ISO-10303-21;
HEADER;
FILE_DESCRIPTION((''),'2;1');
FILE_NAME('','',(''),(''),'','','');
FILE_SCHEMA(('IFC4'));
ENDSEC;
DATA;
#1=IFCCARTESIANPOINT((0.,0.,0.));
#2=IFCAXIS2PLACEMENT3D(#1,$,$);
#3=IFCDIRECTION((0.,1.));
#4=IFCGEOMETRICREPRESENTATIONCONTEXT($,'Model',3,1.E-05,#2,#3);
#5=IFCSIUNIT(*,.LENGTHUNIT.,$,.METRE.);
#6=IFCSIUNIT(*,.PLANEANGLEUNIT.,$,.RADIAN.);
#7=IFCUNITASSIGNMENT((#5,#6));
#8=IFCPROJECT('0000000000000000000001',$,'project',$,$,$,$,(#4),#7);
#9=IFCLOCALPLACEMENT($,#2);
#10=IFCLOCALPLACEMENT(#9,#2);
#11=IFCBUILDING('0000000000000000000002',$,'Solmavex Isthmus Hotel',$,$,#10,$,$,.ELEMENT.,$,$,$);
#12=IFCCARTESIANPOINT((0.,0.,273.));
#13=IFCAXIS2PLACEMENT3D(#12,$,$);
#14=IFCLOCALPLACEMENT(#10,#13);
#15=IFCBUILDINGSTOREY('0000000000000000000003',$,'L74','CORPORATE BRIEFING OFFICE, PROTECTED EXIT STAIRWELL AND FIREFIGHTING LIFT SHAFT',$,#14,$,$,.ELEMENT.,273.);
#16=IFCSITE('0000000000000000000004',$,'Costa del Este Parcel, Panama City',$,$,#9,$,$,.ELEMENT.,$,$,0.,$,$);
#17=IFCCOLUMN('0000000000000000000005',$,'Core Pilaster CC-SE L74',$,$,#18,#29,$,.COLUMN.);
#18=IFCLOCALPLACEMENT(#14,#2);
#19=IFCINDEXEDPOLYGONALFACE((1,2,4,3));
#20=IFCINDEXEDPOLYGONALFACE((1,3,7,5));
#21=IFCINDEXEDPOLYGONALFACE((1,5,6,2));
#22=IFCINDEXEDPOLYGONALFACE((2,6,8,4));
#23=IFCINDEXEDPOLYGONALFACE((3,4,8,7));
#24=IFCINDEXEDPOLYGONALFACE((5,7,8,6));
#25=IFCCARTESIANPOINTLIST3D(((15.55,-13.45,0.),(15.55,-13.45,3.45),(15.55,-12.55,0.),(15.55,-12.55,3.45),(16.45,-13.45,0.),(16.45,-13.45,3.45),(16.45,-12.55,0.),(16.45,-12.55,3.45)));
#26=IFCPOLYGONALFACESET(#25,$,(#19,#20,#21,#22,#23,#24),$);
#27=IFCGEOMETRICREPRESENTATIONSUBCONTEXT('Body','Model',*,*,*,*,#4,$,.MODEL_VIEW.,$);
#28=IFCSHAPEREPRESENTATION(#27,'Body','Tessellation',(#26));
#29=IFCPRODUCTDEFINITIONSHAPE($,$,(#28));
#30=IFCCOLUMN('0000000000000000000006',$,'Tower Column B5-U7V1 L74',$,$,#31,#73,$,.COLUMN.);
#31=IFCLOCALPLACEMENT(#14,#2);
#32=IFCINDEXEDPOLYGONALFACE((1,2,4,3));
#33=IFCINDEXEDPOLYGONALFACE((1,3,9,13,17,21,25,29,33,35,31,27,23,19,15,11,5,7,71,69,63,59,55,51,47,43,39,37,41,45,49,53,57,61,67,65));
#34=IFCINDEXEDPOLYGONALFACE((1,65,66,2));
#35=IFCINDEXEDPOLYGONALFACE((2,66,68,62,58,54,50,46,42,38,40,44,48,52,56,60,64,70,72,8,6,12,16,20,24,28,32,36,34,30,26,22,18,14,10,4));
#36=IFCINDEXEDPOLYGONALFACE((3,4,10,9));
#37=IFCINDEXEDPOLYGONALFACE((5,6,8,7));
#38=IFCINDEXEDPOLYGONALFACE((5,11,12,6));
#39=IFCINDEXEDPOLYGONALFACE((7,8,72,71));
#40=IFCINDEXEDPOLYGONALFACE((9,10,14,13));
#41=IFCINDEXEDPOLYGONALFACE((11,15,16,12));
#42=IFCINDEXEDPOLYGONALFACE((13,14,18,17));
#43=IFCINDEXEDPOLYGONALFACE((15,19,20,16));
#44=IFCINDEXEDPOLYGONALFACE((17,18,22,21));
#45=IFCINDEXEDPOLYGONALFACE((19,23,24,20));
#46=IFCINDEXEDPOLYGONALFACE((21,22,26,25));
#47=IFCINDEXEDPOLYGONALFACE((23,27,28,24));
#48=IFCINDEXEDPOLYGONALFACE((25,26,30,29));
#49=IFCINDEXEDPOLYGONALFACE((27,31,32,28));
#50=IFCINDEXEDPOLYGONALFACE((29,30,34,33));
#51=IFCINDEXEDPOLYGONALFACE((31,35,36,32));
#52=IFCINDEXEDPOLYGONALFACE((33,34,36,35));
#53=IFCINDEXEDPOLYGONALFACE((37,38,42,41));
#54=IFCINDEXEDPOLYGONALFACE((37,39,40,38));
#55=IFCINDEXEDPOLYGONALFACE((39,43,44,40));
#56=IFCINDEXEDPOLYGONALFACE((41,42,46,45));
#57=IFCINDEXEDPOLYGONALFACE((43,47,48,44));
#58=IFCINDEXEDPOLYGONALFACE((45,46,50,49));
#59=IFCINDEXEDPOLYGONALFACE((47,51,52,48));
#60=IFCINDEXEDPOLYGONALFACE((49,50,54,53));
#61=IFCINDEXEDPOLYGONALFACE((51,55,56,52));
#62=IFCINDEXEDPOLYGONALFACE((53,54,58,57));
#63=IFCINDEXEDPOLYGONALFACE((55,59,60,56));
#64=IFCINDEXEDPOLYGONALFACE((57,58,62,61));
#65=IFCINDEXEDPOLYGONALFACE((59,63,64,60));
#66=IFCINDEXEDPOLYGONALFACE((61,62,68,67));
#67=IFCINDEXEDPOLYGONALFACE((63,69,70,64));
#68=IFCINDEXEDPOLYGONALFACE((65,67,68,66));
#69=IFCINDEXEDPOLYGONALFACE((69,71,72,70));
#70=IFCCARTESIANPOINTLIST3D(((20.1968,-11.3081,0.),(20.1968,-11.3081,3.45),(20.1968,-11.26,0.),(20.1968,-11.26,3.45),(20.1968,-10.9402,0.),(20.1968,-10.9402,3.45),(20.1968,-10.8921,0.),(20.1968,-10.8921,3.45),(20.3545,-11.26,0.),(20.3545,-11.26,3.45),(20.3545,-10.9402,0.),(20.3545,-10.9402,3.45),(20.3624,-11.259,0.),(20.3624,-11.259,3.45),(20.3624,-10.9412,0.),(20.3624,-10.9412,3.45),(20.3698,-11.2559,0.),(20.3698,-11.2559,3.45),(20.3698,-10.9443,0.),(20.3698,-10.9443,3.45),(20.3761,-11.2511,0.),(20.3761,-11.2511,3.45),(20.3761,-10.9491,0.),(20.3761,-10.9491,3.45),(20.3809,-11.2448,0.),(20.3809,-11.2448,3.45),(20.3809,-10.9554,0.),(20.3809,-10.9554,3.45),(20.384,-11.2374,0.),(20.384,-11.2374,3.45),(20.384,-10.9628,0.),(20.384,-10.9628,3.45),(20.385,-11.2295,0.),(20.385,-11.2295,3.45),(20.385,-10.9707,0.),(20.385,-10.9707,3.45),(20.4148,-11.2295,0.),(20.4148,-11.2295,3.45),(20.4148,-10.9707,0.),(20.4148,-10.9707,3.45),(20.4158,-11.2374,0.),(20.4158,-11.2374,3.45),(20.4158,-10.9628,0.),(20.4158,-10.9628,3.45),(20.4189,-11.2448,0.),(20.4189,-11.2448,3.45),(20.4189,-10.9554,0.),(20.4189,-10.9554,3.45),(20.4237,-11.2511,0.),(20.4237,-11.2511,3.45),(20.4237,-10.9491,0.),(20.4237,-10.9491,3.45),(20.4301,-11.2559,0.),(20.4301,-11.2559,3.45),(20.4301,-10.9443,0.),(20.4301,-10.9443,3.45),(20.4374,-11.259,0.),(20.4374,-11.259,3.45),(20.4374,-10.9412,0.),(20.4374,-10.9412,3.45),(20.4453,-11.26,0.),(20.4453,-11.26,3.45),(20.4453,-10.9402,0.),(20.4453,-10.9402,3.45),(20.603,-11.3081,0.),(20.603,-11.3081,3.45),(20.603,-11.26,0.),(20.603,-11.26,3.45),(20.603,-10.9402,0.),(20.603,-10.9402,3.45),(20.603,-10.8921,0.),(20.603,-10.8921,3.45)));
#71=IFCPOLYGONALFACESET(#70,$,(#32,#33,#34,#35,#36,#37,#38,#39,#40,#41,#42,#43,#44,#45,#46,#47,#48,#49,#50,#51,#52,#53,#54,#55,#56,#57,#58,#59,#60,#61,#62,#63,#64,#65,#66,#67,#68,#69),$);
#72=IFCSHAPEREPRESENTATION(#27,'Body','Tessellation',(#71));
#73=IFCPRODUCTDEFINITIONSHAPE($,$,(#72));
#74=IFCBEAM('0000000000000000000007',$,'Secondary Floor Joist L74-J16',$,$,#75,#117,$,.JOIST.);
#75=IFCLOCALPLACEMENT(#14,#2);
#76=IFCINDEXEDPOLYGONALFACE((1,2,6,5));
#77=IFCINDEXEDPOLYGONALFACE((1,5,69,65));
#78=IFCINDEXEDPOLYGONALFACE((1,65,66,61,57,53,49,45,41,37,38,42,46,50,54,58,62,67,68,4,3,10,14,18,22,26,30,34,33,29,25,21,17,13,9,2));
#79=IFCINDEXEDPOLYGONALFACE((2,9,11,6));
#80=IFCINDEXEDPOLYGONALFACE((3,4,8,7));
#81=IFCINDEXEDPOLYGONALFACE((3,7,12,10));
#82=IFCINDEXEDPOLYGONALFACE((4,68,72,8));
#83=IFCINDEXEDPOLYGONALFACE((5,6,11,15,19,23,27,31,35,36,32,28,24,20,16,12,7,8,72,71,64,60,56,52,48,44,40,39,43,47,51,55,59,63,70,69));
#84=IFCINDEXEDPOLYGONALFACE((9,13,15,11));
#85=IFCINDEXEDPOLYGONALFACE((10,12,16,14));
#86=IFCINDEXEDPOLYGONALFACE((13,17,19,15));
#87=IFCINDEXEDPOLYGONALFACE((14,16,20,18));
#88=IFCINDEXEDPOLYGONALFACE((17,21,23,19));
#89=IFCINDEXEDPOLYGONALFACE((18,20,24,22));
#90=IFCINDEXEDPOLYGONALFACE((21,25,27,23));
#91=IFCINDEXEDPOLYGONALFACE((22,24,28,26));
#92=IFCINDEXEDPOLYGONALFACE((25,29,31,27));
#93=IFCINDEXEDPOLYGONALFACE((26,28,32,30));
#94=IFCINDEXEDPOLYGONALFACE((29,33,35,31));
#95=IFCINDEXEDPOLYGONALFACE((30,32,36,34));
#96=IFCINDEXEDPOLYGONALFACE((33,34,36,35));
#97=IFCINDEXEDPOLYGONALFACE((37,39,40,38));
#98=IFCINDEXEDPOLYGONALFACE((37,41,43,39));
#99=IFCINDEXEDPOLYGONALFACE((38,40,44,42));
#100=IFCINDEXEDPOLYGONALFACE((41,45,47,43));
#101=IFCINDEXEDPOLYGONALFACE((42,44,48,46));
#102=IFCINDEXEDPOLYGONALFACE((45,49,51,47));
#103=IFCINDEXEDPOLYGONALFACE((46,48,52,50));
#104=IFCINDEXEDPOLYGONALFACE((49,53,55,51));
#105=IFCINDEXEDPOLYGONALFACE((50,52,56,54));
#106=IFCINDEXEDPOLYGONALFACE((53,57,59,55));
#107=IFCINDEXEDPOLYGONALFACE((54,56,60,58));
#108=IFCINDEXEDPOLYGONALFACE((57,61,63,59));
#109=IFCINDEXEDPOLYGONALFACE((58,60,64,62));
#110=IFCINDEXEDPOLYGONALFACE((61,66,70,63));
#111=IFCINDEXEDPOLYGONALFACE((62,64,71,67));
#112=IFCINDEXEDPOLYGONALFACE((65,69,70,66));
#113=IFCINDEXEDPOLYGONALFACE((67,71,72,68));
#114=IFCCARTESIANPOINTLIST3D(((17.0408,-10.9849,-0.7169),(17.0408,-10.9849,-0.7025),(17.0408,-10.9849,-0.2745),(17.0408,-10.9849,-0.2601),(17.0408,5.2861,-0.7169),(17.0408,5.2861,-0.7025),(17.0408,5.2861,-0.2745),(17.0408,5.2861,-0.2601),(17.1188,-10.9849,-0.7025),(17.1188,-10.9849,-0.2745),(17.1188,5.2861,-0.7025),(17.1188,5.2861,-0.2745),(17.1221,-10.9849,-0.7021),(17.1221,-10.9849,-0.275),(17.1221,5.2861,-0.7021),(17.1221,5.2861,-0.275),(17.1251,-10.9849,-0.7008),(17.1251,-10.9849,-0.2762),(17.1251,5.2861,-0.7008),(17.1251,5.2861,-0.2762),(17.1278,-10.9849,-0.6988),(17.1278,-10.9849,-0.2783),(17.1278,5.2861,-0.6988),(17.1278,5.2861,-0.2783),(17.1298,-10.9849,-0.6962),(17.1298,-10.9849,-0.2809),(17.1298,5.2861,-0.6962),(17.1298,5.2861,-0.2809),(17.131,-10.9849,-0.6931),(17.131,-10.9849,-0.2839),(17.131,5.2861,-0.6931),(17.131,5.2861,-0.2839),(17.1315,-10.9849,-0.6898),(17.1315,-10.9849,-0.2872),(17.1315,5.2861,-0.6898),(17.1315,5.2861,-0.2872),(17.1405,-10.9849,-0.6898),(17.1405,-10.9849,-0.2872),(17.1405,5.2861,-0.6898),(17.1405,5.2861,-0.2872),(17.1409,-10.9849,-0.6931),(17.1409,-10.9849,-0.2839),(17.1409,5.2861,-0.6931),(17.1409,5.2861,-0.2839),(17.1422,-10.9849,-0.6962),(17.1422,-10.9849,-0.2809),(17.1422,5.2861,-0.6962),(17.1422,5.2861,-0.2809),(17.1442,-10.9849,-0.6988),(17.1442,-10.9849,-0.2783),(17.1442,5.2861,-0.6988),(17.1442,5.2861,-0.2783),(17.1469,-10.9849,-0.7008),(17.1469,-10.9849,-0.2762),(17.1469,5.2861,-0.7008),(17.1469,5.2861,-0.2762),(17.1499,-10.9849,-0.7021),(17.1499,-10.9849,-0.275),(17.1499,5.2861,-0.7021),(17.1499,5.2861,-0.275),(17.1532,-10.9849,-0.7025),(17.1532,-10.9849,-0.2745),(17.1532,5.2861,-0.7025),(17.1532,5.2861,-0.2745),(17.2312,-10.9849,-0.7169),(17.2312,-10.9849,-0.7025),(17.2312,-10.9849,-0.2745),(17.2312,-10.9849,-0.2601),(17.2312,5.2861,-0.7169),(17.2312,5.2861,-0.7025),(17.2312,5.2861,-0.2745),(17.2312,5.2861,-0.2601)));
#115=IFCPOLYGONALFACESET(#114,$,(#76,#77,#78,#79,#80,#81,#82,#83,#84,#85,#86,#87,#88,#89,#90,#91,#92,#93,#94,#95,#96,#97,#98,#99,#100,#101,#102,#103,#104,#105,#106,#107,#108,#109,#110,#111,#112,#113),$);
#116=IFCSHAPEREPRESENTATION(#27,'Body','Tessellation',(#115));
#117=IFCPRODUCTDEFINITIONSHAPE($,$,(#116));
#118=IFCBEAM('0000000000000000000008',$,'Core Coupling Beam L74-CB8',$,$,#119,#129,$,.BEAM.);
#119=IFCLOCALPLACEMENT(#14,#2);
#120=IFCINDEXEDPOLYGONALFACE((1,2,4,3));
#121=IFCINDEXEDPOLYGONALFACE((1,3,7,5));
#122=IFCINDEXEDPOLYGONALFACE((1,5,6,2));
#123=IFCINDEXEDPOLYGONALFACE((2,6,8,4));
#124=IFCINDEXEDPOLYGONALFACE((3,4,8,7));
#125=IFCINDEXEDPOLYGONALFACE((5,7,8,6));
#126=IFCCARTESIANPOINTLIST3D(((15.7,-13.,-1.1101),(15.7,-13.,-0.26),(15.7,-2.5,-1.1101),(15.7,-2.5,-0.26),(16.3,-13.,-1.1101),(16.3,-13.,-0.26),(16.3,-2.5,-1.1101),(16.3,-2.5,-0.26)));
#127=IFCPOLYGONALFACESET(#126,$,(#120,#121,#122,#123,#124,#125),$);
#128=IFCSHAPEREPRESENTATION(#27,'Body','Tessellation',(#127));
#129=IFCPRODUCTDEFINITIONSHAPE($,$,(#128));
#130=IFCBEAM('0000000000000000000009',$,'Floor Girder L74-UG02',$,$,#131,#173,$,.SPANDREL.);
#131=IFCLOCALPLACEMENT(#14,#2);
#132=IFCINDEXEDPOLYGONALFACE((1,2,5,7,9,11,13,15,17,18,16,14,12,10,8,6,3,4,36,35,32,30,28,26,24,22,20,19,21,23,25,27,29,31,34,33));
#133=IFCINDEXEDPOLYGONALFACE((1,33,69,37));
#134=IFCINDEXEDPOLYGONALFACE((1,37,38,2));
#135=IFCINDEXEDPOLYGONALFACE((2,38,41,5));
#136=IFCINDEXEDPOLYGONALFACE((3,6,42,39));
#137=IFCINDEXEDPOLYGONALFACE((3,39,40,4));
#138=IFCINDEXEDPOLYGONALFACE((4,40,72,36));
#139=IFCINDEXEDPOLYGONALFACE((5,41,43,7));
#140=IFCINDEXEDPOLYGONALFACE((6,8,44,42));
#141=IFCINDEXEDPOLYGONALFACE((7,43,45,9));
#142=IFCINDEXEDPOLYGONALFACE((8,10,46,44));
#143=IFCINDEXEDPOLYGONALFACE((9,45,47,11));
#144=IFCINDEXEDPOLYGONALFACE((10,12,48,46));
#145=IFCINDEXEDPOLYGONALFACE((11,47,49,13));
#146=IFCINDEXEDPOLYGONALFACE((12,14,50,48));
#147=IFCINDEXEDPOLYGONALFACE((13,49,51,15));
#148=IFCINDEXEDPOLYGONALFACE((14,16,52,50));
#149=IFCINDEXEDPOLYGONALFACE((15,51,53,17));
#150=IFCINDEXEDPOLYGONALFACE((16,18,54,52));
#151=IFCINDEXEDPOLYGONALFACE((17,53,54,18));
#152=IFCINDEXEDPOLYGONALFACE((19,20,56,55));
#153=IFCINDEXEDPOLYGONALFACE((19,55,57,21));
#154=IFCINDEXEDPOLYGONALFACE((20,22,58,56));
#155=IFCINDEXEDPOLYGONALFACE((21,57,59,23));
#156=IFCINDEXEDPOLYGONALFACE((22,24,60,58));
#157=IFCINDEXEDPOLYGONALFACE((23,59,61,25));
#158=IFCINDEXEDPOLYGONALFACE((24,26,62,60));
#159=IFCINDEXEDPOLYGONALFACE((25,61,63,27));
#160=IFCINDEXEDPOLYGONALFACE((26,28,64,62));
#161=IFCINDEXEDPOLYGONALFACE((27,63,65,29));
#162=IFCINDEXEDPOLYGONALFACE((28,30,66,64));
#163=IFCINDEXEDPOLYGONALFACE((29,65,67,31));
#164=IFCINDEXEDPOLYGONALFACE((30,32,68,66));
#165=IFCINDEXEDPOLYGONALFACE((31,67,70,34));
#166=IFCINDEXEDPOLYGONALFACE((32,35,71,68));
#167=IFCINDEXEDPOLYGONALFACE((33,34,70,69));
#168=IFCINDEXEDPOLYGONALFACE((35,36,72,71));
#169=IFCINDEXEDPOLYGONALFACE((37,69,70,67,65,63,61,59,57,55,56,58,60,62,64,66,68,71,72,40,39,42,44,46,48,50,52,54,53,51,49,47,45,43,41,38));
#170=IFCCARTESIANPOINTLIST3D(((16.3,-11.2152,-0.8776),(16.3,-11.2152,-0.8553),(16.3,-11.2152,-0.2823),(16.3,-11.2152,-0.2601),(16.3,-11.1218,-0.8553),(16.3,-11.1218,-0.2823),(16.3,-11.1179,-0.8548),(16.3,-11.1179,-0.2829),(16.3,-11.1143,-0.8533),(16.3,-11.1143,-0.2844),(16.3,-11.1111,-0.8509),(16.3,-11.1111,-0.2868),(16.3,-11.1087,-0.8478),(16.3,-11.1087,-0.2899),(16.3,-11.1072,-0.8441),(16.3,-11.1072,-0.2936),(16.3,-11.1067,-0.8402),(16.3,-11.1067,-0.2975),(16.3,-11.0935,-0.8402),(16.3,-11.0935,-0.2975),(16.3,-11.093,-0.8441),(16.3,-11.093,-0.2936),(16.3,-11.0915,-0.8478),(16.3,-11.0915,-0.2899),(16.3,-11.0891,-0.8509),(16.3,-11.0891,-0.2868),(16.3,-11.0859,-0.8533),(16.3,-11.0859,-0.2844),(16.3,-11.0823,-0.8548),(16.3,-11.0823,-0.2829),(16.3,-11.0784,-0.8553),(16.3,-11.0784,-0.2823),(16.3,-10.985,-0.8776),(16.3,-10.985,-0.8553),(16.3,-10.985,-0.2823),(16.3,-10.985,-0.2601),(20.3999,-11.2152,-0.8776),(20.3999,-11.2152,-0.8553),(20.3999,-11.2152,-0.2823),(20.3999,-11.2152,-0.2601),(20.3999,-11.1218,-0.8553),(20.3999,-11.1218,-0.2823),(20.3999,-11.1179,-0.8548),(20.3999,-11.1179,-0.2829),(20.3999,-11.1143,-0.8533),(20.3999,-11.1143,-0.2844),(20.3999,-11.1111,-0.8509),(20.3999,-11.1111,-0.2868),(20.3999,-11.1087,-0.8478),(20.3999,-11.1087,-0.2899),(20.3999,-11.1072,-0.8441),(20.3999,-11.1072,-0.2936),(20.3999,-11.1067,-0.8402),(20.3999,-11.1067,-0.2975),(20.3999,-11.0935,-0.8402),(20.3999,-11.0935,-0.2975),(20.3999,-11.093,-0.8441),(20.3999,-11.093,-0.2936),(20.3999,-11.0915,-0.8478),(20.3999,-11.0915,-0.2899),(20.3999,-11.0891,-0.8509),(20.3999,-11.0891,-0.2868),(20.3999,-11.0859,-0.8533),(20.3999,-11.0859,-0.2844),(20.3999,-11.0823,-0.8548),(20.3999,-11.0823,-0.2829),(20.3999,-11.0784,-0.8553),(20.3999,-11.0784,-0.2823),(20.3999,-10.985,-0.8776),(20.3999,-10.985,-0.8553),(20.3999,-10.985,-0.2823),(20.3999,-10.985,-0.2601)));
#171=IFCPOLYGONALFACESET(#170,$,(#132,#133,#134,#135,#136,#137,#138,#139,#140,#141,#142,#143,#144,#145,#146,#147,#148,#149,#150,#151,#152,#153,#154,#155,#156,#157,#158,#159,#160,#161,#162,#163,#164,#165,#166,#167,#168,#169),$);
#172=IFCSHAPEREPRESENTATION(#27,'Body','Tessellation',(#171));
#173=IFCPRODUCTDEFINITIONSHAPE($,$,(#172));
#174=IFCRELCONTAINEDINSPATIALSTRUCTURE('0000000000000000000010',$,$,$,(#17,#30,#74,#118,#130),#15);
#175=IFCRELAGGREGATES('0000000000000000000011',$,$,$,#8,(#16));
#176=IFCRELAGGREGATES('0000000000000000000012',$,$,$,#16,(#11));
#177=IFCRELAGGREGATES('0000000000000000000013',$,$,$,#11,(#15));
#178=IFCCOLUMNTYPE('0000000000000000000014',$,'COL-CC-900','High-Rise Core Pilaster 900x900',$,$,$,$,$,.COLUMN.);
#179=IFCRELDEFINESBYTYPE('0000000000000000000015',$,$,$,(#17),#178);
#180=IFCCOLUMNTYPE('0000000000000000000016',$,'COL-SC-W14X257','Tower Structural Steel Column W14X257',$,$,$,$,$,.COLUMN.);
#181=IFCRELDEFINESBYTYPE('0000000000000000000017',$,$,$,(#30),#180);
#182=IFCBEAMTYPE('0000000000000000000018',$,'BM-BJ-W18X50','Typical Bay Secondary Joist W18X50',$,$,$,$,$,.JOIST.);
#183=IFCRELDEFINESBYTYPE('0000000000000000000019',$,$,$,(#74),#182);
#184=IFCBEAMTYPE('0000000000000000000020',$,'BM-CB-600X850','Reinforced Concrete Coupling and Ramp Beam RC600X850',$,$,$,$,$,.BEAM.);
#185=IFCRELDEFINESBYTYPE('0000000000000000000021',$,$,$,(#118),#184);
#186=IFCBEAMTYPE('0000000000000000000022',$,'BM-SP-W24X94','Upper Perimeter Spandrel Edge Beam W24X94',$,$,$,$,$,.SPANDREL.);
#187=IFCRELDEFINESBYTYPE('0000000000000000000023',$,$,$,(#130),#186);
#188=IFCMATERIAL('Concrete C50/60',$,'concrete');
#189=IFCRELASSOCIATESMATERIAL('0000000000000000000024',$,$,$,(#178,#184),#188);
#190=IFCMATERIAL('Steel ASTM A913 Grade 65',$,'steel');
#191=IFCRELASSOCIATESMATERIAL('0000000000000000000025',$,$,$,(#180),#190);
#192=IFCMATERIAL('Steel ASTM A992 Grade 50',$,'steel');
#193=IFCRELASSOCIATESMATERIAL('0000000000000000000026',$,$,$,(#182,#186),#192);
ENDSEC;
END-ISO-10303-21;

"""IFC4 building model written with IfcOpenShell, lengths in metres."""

from ifc_helpers import new_model, si_unit, direction, frame, origin, origin_2d, place, context, subcontext, project, spatial, rectangle, i_section, extrude, material, material_profile, profile_set, type_object, element, save


model = new_model("IFC4")

# Units and contexts
model_context = context("Model", 3, precision=1e-05, world=origin(), true_north=direction((0.0, 1.0)))
body_context = subcontext(model_context, "Body", "Model", "MODEL_VIEW")
ifc_project = project(units=[si_unit("LENGTHUNIT", "METRE"), si_unit("PLANEANGLEUNIT", "RADIAN")], contexts=[model_context])

# Site, building, storey
site_placement = place(None, origin())
site = spatial("IfcSite", under=ifc_project, at=site_placement, Name="Costa del Este Parcel, Panama City", CompositionType="ELEMENT", RefElevation=0.0)
building_placement = place(site_placement, origin())
building = spatial("IfcBuilding", under=site, at=building_placement, Name="Solmavex Isthmus Hotel", CompositionType="ELEMENT")
storey_placement = place(building_placement, frame((0.0, 0.0, 273.0)))
storey = spatial("IfcBuildingStorey", under=building, at=storey_placement, Name="L74", Description="CORPORATE BRIEFING OFFICE, PROTECTED EXIT STAIRWELL AND FIREFIGHTING LIFT SHAFT", CompositionType="ELEMENT", Elevation=273.0)

# Columns
ifc_material_1 = material(Name="Concrete C50/60", Category="concrete")
ifc_material_profile_1 = material_profile(ifc_material_1, rectangle(XDim=0.8999, YDim=0.8999, at=origin_2d()), Name="RC900X900")
ifc_profile_set_1 = profile_set([ifc_material_profile_1], Name="Concrete C50/60")
column_type_1 = type_object("IfcColumnType", Name="COL-CC-900", Description="High-Rise Core Pilaster 900x900", PredefinedType="COLUMN", material=ifc_profile_set_1)
column_1_placement = place(storey_placement, frame((16.0, -13.0, 0.0), z_axis=(0.0, 0.0, 1.0), x_axis=(1.0, 0.0, 0.0)))
element("IfcColumn", 1, at=column_1_placement, inside=storey, type_object=column_type_1, Name="Core Pilaster CC-SE L74", PredefinedType="COLUMN", context=body_context, shape_type="SweptSolid", body=[
    extrude(rectangle(XDim=0.8999, YDim=0.8999, at=origin_2d()), origin(), (0.0, 0.0, 1.0), 3.45),
])
ifc_material_2 = material(Name="Steel ASTM A913 Grade 65", Category="steel")
ifc_material_profile_2 = material_profile(ifc_material_2, i_section(OverallWidth=0.4062, OverallDepth=0.416, WebThickness=0.0298, FlangeThickness=0.0481, FilletRadius=0.0305, at=origin_2d()), Name="W14X257")
ifc_profile_set_2 = profile_set([ifc_material_profile_2], Name="Steel ASTM A913 Grade 65")
column_type_2 = type_object("IfcColumnType", Name="COL-SC-W14X257", Description="Tower Structural Steel Column W14X257", PredefinedType="COLUMN", material=ifc_profile_set_2)
column_2_placement = place(storey_placement, frame((20.3999, -11.1001, 0.0), z_axis=(0.0, 0.0, 1.0), x_axis=(1.0, 0.0, 0.0)))
element("IfcColumn", 2, at=column_2_placement, inside=storey, type_object=column_type_2, Name="Tower Column B5-U7V1 L74", PredefinedType="COLUMN", context=body_context, shape_type="SweptSolid", body=[
    extrude(i_section(OverallWidth=0.4062, OverallDepth=0.416, WebThickness=0.0298, FlangeThickness=0.0481, FilletRadius=0.0305, at=origin_2d()), origin(), (0.0, 0.0, 1.0), 3.45),
])

# Beams
ifc_material_3 = material(Name="Steel ASTM A992 Grade 50", Category="steel")
ifc_material_profile_3 = material_profile(ifc_material_3, i_section(OverallWidth=0.1904, OverallDepth=0.4568, WebThickness=0.009, FlangeThickness=0.0144, FilletRadius=0.0127, at=origin_2d()), Name="W18X50")
ifc_profile_set_3 = profile_set([ifc_material_profile_3], Name="Steel ASTM A992 Grade 50")
beam_type_1 = type_object("IfcBeamType", Name="BM-BJ-W18X50", Description="Typical Bay Secondary Joist W18X50", PredefinedType="JOIST", material=ifc_profile_set_3)
beam_1_placement = place(storey_placement, frame((17.136, -10.9849, -0.4885), z_axis=(0.0, 1.0, 0.0), x_axis=(-1.0, 0.0, 0.0)))
element("IfcBeam", 3, at=beam_1_placement, inside=storey, type_object=beam_type_1, Name="Secondary Floor Joist L74-J16", PredefinedType="JOIST", context=body_context, shape_type="SweptSolid", body=[
    extrude(i_section(OverallWidth=0.1904, OverallDepth=0.4568, WebThickness=0.009, FlangeThickness=0.0144, FilletRadius=0.0127, at=origin_2d()), origin(), (0.0, 0.0, 1.0), 16.271),
])
ifc_material_profile_4 = material_profile(ifc_material_1, rectangle(XDim=0.6001, YDim=0.8501, at=origin_2d()), Name="RC600X850")
ifc_profile_set_4 = profile_set([ifc_material_profile_4], Name="Concrete C50/60")
beam_type_2 = type_object("IfcBeamType", Name="BM-CB-600X850", Description="Reinforced Concrete Coupling and Ramp Beam RC600X850", PredefinedType="BEAM", material=ifc_profile_set_4)
beam_2_placement = place(storey_placement, frame((16.0, -13.0, -0.6851), z_axis=(0.0, 1.0, 0.0), x_axis=(-1.0, 0.0, 0.0)))
element("IfcBeam", 4, at=beam_2_placement, inside=storey, type_object=beam_type_2, Name="Core Coupling Beam L74-CB8", PredefinedType="BEAM", context=body_context, shape_type="SweptSolid", body=[
    extrude(rectangle(XDim=0.6001, YDim=0.8501, at=origin_2d()), origin(), (0.0, 0.0, 1.0), 10.5),
])
ifc_material_profile_5 = material_profile(ifc_material_3, i_section(OverallWidth=0.2302, OverallDepth=0.6174, WebThickness=0.0132, FlangeThickness=0.0222, FilletRadius=0.0151, at=origin_2d()), Name="W24X94")
ifc_profile_set_5 = profile_set([ifc_material_profile_5], Name="Steel ASTM A992 Grade 50")
beam_type_3 = type_object("IfcBeamType", Name="BM-SP-W24X94", Description="Upper Perimeter Spandrel Edge Beam W24X94", PredefinedType="SPANDREL", material=ifc_profile_set_5)
beam_3_placement = place(storey_placement, frame((16.3, -11.1001, -0.5688), z_axis=(1.0, 0.0, 0.0), x_axis=(0.0, 1.0, 0.0)))
element("IfcBeam", 5, at=beam_3_placement, inside=storey, type_object=beam_type_3, Name="Floor Girder L74-UG02", PredefinedType="SPANDREL", context=body_context, shape_type="SweptSolid", body=[
    extrude(i_section(OverallWidth=0.2302, OverallDepth=0.6174, WebThickness=0.0132, FlangeThickness=0.0222, FilletRadius=0.0151, at=origin_2d()), origin(), (0.0, 0.0, 1.0), 4.0999),
])

save(model, "model.ifc")
